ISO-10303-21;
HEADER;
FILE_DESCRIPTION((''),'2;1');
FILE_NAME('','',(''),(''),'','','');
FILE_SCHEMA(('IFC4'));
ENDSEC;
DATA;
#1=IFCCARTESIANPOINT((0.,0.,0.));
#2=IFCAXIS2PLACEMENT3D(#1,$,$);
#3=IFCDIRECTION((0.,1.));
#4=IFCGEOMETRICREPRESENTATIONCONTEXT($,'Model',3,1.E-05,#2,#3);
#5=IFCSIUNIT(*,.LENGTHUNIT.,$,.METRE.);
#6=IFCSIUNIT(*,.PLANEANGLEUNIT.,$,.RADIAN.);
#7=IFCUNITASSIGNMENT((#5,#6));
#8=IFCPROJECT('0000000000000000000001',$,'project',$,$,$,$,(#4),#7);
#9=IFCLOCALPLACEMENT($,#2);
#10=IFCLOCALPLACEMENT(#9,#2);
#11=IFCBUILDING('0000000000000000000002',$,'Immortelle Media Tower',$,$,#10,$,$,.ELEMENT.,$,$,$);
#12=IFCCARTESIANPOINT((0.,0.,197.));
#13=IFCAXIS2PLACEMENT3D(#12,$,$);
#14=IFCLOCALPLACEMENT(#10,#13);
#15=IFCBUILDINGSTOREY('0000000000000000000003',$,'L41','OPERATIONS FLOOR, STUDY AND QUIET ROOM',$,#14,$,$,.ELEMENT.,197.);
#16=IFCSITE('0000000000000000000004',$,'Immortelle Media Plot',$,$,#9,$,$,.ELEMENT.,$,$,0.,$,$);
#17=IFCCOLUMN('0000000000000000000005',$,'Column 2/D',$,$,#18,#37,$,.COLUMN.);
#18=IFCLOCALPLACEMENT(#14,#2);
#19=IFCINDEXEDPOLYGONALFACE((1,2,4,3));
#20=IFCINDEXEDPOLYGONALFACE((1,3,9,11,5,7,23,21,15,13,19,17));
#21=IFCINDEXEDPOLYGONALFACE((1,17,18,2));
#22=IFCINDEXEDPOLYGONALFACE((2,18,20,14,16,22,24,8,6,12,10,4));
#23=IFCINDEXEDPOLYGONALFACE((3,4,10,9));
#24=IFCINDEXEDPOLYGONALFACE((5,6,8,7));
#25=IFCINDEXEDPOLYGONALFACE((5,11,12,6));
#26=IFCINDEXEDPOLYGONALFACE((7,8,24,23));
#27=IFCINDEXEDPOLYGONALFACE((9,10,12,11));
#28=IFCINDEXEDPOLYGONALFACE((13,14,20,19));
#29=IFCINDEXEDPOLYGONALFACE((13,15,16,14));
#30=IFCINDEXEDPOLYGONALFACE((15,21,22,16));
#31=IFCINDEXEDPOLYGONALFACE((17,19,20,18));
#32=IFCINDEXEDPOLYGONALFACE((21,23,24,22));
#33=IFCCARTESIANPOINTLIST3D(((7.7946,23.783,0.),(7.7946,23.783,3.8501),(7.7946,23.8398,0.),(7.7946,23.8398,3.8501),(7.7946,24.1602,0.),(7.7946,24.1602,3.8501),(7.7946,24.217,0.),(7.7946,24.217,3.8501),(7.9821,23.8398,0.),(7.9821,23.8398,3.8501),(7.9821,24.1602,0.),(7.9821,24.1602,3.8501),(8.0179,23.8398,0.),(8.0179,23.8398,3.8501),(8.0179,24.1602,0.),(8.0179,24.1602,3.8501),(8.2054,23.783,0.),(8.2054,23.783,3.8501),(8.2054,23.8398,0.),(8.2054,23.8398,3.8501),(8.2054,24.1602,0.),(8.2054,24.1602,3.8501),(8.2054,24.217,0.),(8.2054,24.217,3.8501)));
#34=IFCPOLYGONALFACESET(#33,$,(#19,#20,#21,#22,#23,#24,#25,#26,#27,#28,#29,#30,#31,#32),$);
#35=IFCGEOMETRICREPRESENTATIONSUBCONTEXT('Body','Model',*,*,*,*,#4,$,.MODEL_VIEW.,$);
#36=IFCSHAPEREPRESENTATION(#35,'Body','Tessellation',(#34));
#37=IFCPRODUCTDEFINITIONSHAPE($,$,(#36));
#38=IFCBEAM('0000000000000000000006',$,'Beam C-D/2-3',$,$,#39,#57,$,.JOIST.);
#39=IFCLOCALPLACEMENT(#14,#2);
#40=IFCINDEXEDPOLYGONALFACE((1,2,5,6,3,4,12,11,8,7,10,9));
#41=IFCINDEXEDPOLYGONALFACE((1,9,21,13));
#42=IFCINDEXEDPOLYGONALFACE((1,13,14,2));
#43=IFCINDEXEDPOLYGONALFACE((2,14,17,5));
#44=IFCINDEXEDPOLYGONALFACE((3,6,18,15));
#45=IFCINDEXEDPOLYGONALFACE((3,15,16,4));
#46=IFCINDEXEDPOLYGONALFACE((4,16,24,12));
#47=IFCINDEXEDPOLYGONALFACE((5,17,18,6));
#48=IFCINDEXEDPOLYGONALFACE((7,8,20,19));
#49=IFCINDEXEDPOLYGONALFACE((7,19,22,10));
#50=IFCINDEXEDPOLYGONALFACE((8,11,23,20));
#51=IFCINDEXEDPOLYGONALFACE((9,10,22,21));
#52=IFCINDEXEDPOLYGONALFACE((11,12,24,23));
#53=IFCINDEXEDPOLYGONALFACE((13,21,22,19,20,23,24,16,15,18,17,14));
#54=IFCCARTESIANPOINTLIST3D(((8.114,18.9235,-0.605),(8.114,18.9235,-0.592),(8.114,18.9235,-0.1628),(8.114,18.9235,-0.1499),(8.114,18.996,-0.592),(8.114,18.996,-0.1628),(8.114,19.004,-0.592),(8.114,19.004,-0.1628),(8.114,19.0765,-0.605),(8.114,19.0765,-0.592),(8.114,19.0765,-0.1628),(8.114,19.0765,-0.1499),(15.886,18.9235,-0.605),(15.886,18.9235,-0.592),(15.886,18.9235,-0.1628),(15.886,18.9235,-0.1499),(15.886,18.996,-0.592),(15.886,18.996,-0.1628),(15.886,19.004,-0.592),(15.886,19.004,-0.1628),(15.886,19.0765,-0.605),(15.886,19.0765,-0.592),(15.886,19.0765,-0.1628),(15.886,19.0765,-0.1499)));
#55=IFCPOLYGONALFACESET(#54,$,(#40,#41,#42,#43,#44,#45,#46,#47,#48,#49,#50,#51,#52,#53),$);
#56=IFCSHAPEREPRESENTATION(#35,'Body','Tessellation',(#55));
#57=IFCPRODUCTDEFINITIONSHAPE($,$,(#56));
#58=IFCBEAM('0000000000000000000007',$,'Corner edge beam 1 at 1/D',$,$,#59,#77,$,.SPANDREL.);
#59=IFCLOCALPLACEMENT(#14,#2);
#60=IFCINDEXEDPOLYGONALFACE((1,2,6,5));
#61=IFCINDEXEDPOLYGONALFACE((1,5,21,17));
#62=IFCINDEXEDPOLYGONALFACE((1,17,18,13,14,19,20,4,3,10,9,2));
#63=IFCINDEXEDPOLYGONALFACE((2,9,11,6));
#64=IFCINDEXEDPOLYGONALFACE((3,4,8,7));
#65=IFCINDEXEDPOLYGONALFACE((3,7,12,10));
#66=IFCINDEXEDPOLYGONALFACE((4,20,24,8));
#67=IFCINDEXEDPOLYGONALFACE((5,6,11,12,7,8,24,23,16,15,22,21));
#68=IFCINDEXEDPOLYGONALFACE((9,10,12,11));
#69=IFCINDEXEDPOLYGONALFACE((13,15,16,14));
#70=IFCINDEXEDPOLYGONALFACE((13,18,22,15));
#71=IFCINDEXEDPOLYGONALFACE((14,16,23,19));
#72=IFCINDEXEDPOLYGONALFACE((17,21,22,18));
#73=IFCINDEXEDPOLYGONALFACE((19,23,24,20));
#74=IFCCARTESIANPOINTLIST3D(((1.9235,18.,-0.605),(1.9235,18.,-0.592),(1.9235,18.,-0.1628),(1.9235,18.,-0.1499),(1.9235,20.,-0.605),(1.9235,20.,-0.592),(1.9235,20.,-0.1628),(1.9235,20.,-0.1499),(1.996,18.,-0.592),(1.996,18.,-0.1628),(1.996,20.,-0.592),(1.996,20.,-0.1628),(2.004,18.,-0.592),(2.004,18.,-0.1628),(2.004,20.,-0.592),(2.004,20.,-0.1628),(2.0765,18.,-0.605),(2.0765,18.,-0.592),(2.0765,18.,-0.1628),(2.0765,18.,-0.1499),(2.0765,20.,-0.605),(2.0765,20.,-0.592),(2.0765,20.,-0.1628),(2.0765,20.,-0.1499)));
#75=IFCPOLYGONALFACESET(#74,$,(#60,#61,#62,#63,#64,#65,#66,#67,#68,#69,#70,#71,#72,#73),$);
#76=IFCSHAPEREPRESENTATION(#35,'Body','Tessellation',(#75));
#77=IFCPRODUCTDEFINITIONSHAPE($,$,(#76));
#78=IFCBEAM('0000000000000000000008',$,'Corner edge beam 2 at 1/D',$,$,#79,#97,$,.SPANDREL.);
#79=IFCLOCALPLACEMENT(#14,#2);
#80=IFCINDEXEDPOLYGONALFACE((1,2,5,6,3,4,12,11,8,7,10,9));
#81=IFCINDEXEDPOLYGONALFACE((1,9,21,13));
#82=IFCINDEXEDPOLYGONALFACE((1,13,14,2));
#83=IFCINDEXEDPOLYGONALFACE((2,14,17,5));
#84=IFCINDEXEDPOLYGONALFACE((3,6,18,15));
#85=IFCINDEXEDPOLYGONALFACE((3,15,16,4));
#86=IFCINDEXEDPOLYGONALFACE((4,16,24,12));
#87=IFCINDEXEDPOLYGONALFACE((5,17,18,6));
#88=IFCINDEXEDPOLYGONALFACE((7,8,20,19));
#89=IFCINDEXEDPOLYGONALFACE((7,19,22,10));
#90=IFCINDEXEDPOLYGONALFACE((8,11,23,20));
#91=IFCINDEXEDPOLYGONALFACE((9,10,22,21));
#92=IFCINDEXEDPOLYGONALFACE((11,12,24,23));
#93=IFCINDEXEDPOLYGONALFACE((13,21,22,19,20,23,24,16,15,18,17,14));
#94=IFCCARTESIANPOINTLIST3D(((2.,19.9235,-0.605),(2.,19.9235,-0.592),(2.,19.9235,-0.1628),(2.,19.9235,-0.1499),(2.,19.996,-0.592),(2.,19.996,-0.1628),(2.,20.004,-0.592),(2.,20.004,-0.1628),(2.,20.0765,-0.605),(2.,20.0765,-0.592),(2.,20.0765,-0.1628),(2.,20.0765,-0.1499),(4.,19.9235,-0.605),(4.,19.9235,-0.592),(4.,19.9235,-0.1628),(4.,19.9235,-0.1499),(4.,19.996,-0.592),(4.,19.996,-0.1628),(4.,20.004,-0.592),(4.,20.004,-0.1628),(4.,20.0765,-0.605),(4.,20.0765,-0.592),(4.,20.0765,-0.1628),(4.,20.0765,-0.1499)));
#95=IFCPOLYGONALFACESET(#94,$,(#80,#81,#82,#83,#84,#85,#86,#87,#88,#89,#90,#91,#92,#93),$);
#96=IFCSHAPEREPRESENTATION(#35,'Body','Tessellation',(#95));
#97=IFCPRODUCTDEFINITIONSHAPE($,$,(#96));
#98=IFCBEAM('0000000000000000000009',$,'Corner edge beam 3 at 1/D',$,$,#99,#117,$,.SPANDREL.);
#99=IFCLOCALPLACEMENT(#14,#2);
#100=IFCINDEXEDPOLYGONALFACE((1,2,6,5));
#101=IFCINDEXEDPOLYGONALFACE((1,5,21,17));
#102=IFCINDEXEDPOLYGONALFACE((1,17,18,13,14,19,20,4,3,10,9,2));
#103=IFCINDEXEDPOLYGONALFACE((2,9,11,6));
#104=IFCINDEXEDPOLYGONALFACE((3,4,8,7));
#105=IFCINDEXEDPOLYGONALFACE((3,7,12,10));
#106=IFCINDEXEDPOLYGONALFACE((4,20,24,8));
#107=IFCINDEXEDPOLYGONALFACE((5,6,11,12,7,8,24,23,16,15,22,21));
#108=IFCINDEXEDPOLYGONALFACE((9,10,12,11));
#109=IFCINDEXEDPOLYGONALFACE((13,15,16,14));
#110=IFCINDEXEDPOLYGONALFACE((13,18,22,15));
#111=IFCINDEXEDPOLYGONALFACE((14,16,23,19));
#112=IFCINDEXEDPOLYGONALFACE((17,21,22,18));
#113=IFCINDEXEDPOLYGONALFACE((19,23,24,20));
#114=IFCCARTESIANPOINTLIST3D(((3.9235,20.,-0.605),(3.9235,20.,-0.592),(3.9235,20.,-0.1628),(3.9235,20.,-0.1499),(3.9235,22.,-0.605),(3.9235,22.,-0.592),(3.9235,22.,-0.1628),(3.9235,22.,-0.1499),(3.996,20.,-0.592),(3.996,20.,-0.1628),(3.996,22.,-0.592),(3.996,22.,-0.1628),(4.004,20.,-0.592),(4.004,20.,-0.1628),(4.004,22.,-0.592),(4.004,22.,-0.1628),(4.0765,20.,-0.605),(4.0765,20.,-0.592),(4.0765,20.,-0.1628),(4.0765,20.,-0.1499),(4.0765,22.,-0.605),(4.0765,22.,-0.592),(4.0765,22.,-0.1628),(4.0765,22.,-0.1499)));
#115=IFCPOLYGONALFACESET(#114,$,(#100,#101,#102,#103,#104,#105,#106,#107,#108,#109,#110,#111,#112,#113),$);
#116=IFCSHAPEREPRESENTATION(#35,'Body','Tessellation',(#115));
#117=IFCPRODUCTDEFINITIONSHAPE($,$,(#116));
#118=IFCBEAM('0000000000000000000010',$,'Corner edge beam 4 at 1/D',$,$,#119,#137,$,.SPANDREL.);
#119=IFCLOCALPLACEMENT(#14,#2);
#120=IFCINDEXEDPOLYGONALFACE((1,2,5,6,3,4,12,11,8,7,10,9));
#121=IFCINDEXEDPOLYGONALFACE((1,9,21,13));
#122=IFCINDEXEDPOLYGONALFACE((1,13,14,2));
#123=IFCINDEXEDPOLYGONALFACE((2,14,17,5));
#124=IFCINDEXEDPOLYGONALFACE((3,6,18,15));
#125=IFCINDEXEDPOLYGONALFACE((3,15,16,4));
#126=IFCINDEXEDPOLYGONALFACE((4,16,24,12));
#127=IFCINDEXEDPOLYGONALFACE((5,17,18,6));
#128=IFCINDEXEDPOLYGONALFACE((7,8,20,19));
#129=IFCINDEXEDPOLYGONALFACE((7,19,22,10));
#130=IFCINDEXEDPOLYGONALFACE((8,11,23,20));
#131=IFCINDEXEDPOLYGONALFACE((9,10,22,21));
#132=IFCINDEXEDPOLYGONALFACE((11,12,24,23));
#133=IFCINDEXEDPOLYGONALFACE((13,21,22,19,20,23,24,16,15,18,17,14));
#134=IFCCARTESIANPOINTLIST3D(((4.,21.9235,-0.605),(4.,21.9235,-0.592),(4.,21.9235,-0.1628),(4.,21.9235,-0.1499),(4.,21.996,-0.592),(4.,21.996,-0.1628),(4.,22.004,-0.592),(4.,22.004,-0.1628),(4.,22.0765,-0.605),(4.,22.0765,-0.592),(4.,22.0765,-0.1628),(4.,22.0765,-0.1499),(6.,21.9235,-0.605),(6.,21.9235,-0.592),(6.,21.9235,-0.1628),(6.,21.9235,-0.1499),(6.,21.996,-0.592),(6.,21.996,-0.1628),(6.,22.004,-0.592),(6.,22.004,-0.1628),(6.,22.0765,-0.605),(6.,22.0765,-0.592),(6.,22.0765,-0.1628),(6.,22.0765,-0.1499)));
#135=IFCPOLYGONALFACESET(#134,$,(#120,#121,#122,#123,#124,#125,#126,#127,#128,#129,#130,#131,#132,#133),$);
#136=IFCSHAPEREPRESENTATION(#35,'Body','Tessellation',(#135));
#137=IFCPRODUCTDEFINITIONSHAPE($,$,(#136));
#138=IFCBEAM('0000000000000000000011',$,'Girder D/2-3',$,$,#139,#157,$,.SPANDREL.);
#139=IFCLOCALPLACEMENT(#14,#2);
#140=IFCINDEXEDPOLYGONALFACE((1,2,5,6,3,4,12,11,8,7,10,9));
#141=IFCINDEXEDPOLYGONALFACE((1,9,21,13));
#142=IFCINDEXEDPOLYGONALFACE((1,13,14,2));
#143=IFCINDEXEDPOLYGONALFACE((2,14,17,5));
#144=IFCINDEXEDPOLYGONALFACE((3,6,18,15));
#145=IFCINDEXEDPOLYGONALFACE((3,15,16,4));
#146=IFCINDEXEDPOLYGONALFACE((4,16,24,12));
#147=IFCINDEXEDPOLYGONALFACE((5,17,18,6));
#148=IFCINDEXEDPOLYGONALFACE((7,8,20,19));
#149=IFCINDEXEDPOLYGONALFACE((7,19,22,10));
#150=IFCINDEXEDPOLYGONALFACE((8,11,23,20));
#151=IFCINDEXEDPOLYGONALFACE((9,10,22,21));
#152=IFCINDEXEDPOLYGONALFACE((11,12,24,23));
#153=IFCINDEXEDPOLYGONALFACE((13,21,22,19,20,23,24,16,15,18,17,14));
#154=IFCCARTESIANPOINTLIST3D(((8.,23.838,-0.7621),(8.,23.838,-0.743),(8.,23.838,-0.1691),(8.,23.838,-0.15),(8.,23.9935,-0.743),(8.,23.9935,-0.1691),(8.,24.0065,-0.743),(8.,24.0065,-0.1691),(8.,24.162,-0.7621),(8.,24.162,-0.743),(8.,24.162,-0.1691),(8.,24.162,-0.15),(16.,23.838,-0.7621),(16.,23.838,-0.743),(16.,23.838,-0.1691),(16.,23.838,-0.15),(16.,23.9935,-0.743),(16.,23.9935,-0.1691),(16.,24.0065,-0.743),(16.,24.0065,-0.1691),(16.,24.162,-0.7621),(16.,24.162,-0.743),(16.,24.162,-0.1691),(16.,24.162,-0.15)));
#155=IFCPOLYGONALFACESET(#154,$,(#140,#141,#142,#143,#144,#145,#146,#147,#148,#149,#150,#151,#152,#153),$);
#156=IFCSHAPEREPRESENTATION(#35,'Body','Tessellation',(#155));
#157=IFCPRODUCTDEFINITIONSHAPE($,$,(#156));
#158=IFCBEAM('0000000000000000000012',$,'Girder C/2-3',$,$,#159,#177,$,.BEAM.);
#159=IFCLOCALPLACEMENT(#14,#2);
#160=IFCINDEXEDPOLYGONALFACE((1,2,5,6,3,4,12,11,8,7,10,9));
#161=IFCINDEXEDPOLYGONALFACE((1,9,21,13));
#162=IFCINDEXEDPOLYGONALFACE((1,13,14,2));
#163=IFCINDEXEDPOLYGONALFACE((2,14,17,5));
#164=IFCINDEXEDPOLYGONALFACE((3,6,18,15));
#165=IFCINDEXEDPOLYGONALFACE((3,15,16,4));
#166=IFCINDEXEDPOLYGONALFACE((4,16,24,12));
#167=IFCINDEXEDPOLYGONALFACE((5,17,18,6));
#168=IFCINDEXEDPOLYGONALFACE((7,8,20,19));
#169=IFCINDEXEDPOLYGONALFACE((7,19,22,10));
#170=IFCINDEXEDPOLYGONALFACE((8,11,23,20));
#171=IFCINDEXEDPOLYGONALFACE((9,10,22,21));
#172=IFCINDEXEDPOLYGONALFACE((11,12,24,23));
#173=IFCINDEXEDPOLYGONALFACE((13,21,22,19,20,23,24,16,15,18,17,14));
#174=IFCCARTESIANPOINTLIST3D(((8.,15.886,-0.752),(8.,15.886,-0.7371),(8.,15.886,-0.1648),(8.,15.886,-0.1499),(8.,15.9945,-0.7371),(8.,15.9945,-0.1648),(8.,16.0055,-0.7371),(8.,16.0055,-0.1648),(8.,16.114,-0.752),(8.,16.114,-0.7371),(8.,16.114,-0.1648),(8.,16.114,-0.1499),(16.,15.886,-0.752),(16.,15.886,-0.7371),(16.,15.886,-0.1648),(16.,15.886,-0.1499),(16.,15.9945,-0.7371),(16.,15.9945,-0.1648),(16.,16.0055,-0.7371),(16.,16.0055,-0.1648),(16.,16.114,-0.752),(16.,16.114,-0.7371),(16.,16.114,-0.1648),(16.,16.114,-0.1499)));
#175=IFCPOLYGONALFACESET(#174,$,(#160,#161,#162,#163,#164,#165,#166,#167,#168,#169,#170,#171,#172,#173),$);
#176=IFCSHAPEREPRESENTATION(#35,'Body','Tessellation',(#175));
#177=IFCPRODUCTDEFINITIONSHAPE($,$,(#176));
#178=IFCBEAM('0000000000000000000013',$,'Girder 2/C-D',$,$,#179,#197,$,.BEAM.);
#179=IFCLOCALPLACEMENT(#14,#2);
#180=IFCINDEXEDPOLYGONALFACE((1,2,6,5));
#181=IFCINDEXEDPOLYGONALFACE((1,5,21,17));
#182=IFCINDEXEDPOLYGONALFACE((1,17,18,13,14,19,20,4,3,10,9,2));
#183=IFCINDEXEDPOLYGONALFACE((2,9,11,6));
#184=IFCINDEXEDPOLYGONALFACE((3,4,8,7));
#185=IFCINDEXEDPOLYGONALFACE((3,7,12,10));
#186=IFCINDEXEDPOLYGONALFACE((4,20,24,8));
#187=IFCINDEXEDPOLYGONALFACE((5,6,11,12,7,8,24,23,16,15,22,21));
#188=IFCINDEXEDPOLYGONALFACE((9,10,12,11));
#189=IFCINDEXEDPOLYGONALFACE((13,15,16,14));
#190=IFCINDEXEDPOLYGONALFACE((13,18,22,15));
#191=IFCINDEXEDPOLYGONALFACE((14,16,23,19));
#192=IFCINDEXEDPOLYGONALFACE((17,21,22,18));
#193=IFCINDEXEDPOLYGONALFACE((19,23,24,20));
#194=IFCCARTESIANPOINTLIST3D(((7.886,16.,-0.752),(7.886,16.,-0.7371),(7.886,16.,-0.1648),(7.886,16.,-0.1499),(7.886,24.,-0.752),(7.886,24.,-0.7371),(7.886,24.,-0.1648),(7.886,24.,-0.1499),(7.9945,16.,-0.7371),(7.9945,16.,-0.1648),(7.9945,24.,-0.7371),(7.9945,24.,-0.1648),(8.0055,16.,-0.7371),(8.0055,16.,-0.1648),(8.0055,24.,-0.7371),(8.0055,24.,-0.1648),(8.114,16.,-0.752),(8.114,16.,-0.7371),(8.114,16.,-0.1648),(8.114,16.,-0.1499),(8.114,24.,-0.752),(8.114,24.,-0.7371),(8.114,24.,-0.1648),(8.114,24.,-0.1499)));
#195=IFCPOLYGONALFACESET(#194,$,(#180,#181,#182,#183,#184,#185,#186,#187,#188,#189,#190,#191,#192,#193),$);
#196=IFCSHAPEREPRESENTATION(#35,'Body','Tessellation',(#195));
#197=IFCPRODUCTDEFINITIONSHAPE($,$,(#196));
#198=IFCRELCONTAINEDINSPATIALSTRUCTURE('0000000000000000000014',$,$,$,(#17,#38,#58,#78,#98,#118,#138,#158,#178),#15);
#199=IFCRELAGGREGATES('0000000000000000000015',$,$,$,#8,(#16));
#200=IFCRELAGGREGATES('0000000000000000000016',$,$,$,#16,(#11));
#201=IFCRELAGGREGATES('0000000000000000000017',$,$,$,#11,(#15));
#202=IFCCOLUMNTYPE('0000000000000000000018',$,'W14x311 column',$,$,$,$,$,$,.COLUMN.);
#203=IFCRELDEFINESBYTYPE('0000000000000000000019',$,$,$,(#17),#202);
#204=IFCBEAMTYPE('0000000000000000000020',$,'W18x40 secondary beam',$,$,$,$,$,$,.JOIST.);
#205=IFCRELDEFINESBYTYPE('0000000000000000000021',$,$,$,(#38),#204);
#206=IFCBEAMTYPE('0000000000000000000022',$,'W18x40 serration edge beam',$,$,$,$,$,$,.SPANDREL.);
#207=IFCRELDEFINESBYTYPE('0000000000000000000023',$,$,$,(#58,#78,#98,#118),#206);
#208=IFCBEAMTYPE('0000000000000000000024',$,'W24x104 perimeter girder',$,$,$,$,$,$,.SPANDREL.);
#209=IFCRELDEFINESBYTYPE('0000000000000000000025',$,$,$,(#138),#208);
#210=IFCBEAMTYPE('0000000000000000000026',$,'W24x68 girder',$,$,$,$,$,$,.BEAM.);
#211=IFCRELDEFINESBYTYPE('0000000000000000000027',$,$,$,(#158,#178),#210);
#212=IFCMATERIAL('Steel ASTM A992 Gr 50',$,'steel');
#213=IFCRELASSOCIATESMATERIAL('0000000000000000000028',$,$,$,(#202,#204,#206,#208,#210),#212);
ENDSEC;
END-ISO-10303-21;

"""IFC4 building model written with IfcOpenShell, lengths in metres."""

from ifc_helpers import new_model, si_unit, direction, frame, origin, origin_2d, place, context, subcontext, project, spatial, i_section, extrude, material, material_profile, profile_set, type_object, element, save


model = new_model("IFC4")

# Units and contexts
model_context = context("Model", 3, precision=1e-05, world=origin(), true_north=direction((0.0, 1.0)))
body_context = subcontext(model_context, "Body", "Model", "MODEL_VIEW")
ifc_project = project(units=[si_unit("LENGTHUNIT", "METRE"), si_unit("PLANEANGLEUNIT", "RADIAN")], contexts=[model_context])

# Site, building, storey
site_placement = place(None, origin())
site = spatial("IfcSite", under=ifc_project, at=site_placement, Name="Immortelle Media Plot", CompositionType="ELEMENT", RefElevation=0.0)
building_placement = place(site_placement, origin())
building = spatial("IfcBuilding", under=site, at=building_placement, Name="Immortelle Media Tower", CompositionType="ELEMENT")
storey_placement = place(building_placement, frame((0.0, 0.0, 197.0)))
storey = spatial("IfcBuildingStorey", under=building, at=storey_placement, Name="L41", Description="OPERATIONS FLOOR, STUDY AND QUIET ROOM", CompositionType="ELEMENT", Elevation=197.0)

# Column
ifc_material_1 = material(Name="Steel ASTM A992 Gr 50", Category="steel")
ifc_material_profile_1 = material_profile(ifc_material_1, i_section(OverallWidth=0.4109, OverallDepth=0.4341, WebThickness=0.0359, FlangeThickness=0.0569, at=origin_2d()), Name="W14x311")
ifc_profile_set_1 = profile_set([ifc_material_profile_1], Name="Steel ASTM A992 Gr 50")
column_type = type_object("IfcColumnType", Name="W14x311 column", PredefinedType="COLUMN", material=ifc_profile_set_1)
column_placement = place(storey_placement, frame((8.0, 24.0, 0.0), z_axis=(0.0, 0.0, 1.0), x_axis=(1.0, 0.0, 0.0)))
element("IfcColumn", 1, at=column_placement, inside=storey, type_object=column_type, Name="Column 2/D", PredefinedType="COLUMN", context=body_context, shape_type="SweptSolid", body=[
    extrude(i_section(OverallWidth=0.4109, OverallDepth=0.4341, WebThickness=0.0359, FlangeThickness=0.0569, at=origin_2d()), origin(), (0.0, 0.0, 1.0), 3.8501),
])

# Beams
ifc_material_profile_2 = material_profile(ifc_material_1, i_section(OverallWidth=0.1531, OverallDepth=0.4551, WebThickness=0.0081, FlangeThickness=0.0129, at=origin_2d()), Name="W18x40")
ifc_profile_set_2 = profile_set([ifc_material_profile_2], Name="Steel ASTM A992 Gr 50")
beam_type_1 = type_object("IfcBeamType", Name="W18x40 secondary beam", PredefinedType="JOIST", material=ifc_profile_set_2)
beam_1_placement = place(storey_placement, frame((8.114, 19.0, -0.3774), z_axis=(1.0, 0.0, 0.0), x_axis=(0.0, 1.0, 0.0)))
element("IfcBeam", 2, at=beam_1_placement, inside=storey, type_object=beam_type_1, Name="Beam C-D/2-3", PredefinedType="JOIST", context=body_context, shape_type="SweptSolid", body=[
    extrude(i_section(OverallWidth=0.1531, OverallDepth=0.4551, WebThickness=0.0081, FlangeThickness=0.0129, at=origin_2d()), origin(), (0.0, 0.0, 1.0), 7.772),
])
ifc_material_profile_3 = material_profile(ifc_material_1, i_section(OverallWidth=0.1531, OverallDepth=0.4551, WebThickness=0.0081, FlangeThickness=0.0129, at=origin_2d()), Name="W18x40")
ifc_profile_set_3 = profile_set([ifc_material_profile_3], Name="Steel ASTM A992 Gr 50")
beam_type_2 = type_object("IfcBeamType", Name="W18x40 serration edge beam", PredefinedType="SPANDREL", material=ifc_profile_set_3)
for number, where, z_axis, x_axis, name in (
    (3, (2.0, 18.0, -0.3774), (0.0, 1.0, 0.0), (-1.0, 0.0, 0.0), "Corner edge beam 1 at 1/D"),
    (4, (2.0, 20.0, -0.3774), (1.0, 0.0, 0.0), (0.0, 1.0, 0.0), "Corner edge beam 2 at 1/D"),
    (5, (4.0, 20.0, -0.3774), (0.0, 1.0, 0.0), (-1.0, 0.0, 0.0), "Corner edge beam 3 at 1/D"),
    (6, (4.0, 22.0, -0.3774), (1.0, 0.0, 0.0), (0.0, 1.0, 0.0), "Corner edge beam 4 at 1/D"),
):
    element("IfcBeam", number, at=place(storey_placement, frame(where, z_axis=z_axis, x_axis=x_axis)), inside=storey, type_object=beam_type_2, Name=name, PredefinedType="SPANDREL", context=body_context, shape_type="SweptSolid", body=[
        extrude(i_section(OverallWidth=0.1531, OverallDepth=0.4551, WebThickness=0.0081, FlangeThickness=0.0129, at=origin_2d()), origin(), (0.0, 0.0, 1.0), 2.0),
    ])
ifc_material_profile_4 = material_profile(ifc_material_1, i_section(OverallWidth=0.324, OverallDepth=0.6121, WebThickness=0.0129, FlangeThickness=0.019, at=origin_2d()), Name="W24x104")
ifc_profile_set_4 = profile_set([ifc_material_profile_4], Name="Steel ASTM A992 Gr 50")
beam_type_3 = type_object("IfcBeamType", Name="W24x104 perimeter girder", PredefinedType="SPANDREL", material=ifc_profile_set_4)
beam_2_placement = place(storey_placement, frame((8.0, 24.0, -0.4561), z_axis=(1.0, 0.0, 0.0), x_axis=(0.0, 1.0, 0.0)))
element("IfcBeam", 7, at=beam_2_placement, inside=storey, type_object=beam_type_3, Name="Girder D/2-3", PredefinedType="SPANDREL", context=body_context, shape_type="SweptSolid", body=[
    extrude(i_section(OverallWidth=0.324, OverallDepth=0.6121, WebThickness=0.0129, FlangeThickness=0.019, at=origin_2d()), origin(), (0.0, 0.0, 1.0), 8.0),
])
ifc_material_profile_5 = material_profile(ifc_material_1, i_section(OverallWidth=0.228, OverallDepth=0.6021, WebThickness=0.011, FlangeThickness=0.0149, at=origin_2d()), Name="W24x68")
ifc_profile_set_5 = profile_set([ifc_material_profile_5], Name="Steel ASTM A992 Gr 50")
beam_type_4 = type_object("IfcBeamType", Name="W24x68 girder", PredefinedType="BEAM", material=ifc_profile_set_5)
for number, where, z_axis, x_axis, name in (
    (8, (8.0, 16.0, -0.4509), (1.0, 0.0, 0.0), (0.0, 1.0, 0.0), "Girder C/2-3"),
    (9, (8.0, 16.0, -0.4509), (0.0, 1.0, 0.0), (-1.0, 0.0, 0.0), "Girder 2/C-D"),
):
    element("IfcBeam", number, at=place(storey_placement, frame(where, z_axis=z_axis, x_axis=x_axis)), inside=storey, type_object=beam_type_4, Name=name, PredefinedType="BEAM", context=body_context, shape_type="SweptSolid", body=[
        extrude(i_section(OverallWidth=0.228, OverallDepth=0.6021, WebThickness=0.011, FlangeThickness=0.0149, at=origin_2d()), origin(), (0.0, 0.0, 1.0), 8.0),
    ])

save(model, "model.ifc")
